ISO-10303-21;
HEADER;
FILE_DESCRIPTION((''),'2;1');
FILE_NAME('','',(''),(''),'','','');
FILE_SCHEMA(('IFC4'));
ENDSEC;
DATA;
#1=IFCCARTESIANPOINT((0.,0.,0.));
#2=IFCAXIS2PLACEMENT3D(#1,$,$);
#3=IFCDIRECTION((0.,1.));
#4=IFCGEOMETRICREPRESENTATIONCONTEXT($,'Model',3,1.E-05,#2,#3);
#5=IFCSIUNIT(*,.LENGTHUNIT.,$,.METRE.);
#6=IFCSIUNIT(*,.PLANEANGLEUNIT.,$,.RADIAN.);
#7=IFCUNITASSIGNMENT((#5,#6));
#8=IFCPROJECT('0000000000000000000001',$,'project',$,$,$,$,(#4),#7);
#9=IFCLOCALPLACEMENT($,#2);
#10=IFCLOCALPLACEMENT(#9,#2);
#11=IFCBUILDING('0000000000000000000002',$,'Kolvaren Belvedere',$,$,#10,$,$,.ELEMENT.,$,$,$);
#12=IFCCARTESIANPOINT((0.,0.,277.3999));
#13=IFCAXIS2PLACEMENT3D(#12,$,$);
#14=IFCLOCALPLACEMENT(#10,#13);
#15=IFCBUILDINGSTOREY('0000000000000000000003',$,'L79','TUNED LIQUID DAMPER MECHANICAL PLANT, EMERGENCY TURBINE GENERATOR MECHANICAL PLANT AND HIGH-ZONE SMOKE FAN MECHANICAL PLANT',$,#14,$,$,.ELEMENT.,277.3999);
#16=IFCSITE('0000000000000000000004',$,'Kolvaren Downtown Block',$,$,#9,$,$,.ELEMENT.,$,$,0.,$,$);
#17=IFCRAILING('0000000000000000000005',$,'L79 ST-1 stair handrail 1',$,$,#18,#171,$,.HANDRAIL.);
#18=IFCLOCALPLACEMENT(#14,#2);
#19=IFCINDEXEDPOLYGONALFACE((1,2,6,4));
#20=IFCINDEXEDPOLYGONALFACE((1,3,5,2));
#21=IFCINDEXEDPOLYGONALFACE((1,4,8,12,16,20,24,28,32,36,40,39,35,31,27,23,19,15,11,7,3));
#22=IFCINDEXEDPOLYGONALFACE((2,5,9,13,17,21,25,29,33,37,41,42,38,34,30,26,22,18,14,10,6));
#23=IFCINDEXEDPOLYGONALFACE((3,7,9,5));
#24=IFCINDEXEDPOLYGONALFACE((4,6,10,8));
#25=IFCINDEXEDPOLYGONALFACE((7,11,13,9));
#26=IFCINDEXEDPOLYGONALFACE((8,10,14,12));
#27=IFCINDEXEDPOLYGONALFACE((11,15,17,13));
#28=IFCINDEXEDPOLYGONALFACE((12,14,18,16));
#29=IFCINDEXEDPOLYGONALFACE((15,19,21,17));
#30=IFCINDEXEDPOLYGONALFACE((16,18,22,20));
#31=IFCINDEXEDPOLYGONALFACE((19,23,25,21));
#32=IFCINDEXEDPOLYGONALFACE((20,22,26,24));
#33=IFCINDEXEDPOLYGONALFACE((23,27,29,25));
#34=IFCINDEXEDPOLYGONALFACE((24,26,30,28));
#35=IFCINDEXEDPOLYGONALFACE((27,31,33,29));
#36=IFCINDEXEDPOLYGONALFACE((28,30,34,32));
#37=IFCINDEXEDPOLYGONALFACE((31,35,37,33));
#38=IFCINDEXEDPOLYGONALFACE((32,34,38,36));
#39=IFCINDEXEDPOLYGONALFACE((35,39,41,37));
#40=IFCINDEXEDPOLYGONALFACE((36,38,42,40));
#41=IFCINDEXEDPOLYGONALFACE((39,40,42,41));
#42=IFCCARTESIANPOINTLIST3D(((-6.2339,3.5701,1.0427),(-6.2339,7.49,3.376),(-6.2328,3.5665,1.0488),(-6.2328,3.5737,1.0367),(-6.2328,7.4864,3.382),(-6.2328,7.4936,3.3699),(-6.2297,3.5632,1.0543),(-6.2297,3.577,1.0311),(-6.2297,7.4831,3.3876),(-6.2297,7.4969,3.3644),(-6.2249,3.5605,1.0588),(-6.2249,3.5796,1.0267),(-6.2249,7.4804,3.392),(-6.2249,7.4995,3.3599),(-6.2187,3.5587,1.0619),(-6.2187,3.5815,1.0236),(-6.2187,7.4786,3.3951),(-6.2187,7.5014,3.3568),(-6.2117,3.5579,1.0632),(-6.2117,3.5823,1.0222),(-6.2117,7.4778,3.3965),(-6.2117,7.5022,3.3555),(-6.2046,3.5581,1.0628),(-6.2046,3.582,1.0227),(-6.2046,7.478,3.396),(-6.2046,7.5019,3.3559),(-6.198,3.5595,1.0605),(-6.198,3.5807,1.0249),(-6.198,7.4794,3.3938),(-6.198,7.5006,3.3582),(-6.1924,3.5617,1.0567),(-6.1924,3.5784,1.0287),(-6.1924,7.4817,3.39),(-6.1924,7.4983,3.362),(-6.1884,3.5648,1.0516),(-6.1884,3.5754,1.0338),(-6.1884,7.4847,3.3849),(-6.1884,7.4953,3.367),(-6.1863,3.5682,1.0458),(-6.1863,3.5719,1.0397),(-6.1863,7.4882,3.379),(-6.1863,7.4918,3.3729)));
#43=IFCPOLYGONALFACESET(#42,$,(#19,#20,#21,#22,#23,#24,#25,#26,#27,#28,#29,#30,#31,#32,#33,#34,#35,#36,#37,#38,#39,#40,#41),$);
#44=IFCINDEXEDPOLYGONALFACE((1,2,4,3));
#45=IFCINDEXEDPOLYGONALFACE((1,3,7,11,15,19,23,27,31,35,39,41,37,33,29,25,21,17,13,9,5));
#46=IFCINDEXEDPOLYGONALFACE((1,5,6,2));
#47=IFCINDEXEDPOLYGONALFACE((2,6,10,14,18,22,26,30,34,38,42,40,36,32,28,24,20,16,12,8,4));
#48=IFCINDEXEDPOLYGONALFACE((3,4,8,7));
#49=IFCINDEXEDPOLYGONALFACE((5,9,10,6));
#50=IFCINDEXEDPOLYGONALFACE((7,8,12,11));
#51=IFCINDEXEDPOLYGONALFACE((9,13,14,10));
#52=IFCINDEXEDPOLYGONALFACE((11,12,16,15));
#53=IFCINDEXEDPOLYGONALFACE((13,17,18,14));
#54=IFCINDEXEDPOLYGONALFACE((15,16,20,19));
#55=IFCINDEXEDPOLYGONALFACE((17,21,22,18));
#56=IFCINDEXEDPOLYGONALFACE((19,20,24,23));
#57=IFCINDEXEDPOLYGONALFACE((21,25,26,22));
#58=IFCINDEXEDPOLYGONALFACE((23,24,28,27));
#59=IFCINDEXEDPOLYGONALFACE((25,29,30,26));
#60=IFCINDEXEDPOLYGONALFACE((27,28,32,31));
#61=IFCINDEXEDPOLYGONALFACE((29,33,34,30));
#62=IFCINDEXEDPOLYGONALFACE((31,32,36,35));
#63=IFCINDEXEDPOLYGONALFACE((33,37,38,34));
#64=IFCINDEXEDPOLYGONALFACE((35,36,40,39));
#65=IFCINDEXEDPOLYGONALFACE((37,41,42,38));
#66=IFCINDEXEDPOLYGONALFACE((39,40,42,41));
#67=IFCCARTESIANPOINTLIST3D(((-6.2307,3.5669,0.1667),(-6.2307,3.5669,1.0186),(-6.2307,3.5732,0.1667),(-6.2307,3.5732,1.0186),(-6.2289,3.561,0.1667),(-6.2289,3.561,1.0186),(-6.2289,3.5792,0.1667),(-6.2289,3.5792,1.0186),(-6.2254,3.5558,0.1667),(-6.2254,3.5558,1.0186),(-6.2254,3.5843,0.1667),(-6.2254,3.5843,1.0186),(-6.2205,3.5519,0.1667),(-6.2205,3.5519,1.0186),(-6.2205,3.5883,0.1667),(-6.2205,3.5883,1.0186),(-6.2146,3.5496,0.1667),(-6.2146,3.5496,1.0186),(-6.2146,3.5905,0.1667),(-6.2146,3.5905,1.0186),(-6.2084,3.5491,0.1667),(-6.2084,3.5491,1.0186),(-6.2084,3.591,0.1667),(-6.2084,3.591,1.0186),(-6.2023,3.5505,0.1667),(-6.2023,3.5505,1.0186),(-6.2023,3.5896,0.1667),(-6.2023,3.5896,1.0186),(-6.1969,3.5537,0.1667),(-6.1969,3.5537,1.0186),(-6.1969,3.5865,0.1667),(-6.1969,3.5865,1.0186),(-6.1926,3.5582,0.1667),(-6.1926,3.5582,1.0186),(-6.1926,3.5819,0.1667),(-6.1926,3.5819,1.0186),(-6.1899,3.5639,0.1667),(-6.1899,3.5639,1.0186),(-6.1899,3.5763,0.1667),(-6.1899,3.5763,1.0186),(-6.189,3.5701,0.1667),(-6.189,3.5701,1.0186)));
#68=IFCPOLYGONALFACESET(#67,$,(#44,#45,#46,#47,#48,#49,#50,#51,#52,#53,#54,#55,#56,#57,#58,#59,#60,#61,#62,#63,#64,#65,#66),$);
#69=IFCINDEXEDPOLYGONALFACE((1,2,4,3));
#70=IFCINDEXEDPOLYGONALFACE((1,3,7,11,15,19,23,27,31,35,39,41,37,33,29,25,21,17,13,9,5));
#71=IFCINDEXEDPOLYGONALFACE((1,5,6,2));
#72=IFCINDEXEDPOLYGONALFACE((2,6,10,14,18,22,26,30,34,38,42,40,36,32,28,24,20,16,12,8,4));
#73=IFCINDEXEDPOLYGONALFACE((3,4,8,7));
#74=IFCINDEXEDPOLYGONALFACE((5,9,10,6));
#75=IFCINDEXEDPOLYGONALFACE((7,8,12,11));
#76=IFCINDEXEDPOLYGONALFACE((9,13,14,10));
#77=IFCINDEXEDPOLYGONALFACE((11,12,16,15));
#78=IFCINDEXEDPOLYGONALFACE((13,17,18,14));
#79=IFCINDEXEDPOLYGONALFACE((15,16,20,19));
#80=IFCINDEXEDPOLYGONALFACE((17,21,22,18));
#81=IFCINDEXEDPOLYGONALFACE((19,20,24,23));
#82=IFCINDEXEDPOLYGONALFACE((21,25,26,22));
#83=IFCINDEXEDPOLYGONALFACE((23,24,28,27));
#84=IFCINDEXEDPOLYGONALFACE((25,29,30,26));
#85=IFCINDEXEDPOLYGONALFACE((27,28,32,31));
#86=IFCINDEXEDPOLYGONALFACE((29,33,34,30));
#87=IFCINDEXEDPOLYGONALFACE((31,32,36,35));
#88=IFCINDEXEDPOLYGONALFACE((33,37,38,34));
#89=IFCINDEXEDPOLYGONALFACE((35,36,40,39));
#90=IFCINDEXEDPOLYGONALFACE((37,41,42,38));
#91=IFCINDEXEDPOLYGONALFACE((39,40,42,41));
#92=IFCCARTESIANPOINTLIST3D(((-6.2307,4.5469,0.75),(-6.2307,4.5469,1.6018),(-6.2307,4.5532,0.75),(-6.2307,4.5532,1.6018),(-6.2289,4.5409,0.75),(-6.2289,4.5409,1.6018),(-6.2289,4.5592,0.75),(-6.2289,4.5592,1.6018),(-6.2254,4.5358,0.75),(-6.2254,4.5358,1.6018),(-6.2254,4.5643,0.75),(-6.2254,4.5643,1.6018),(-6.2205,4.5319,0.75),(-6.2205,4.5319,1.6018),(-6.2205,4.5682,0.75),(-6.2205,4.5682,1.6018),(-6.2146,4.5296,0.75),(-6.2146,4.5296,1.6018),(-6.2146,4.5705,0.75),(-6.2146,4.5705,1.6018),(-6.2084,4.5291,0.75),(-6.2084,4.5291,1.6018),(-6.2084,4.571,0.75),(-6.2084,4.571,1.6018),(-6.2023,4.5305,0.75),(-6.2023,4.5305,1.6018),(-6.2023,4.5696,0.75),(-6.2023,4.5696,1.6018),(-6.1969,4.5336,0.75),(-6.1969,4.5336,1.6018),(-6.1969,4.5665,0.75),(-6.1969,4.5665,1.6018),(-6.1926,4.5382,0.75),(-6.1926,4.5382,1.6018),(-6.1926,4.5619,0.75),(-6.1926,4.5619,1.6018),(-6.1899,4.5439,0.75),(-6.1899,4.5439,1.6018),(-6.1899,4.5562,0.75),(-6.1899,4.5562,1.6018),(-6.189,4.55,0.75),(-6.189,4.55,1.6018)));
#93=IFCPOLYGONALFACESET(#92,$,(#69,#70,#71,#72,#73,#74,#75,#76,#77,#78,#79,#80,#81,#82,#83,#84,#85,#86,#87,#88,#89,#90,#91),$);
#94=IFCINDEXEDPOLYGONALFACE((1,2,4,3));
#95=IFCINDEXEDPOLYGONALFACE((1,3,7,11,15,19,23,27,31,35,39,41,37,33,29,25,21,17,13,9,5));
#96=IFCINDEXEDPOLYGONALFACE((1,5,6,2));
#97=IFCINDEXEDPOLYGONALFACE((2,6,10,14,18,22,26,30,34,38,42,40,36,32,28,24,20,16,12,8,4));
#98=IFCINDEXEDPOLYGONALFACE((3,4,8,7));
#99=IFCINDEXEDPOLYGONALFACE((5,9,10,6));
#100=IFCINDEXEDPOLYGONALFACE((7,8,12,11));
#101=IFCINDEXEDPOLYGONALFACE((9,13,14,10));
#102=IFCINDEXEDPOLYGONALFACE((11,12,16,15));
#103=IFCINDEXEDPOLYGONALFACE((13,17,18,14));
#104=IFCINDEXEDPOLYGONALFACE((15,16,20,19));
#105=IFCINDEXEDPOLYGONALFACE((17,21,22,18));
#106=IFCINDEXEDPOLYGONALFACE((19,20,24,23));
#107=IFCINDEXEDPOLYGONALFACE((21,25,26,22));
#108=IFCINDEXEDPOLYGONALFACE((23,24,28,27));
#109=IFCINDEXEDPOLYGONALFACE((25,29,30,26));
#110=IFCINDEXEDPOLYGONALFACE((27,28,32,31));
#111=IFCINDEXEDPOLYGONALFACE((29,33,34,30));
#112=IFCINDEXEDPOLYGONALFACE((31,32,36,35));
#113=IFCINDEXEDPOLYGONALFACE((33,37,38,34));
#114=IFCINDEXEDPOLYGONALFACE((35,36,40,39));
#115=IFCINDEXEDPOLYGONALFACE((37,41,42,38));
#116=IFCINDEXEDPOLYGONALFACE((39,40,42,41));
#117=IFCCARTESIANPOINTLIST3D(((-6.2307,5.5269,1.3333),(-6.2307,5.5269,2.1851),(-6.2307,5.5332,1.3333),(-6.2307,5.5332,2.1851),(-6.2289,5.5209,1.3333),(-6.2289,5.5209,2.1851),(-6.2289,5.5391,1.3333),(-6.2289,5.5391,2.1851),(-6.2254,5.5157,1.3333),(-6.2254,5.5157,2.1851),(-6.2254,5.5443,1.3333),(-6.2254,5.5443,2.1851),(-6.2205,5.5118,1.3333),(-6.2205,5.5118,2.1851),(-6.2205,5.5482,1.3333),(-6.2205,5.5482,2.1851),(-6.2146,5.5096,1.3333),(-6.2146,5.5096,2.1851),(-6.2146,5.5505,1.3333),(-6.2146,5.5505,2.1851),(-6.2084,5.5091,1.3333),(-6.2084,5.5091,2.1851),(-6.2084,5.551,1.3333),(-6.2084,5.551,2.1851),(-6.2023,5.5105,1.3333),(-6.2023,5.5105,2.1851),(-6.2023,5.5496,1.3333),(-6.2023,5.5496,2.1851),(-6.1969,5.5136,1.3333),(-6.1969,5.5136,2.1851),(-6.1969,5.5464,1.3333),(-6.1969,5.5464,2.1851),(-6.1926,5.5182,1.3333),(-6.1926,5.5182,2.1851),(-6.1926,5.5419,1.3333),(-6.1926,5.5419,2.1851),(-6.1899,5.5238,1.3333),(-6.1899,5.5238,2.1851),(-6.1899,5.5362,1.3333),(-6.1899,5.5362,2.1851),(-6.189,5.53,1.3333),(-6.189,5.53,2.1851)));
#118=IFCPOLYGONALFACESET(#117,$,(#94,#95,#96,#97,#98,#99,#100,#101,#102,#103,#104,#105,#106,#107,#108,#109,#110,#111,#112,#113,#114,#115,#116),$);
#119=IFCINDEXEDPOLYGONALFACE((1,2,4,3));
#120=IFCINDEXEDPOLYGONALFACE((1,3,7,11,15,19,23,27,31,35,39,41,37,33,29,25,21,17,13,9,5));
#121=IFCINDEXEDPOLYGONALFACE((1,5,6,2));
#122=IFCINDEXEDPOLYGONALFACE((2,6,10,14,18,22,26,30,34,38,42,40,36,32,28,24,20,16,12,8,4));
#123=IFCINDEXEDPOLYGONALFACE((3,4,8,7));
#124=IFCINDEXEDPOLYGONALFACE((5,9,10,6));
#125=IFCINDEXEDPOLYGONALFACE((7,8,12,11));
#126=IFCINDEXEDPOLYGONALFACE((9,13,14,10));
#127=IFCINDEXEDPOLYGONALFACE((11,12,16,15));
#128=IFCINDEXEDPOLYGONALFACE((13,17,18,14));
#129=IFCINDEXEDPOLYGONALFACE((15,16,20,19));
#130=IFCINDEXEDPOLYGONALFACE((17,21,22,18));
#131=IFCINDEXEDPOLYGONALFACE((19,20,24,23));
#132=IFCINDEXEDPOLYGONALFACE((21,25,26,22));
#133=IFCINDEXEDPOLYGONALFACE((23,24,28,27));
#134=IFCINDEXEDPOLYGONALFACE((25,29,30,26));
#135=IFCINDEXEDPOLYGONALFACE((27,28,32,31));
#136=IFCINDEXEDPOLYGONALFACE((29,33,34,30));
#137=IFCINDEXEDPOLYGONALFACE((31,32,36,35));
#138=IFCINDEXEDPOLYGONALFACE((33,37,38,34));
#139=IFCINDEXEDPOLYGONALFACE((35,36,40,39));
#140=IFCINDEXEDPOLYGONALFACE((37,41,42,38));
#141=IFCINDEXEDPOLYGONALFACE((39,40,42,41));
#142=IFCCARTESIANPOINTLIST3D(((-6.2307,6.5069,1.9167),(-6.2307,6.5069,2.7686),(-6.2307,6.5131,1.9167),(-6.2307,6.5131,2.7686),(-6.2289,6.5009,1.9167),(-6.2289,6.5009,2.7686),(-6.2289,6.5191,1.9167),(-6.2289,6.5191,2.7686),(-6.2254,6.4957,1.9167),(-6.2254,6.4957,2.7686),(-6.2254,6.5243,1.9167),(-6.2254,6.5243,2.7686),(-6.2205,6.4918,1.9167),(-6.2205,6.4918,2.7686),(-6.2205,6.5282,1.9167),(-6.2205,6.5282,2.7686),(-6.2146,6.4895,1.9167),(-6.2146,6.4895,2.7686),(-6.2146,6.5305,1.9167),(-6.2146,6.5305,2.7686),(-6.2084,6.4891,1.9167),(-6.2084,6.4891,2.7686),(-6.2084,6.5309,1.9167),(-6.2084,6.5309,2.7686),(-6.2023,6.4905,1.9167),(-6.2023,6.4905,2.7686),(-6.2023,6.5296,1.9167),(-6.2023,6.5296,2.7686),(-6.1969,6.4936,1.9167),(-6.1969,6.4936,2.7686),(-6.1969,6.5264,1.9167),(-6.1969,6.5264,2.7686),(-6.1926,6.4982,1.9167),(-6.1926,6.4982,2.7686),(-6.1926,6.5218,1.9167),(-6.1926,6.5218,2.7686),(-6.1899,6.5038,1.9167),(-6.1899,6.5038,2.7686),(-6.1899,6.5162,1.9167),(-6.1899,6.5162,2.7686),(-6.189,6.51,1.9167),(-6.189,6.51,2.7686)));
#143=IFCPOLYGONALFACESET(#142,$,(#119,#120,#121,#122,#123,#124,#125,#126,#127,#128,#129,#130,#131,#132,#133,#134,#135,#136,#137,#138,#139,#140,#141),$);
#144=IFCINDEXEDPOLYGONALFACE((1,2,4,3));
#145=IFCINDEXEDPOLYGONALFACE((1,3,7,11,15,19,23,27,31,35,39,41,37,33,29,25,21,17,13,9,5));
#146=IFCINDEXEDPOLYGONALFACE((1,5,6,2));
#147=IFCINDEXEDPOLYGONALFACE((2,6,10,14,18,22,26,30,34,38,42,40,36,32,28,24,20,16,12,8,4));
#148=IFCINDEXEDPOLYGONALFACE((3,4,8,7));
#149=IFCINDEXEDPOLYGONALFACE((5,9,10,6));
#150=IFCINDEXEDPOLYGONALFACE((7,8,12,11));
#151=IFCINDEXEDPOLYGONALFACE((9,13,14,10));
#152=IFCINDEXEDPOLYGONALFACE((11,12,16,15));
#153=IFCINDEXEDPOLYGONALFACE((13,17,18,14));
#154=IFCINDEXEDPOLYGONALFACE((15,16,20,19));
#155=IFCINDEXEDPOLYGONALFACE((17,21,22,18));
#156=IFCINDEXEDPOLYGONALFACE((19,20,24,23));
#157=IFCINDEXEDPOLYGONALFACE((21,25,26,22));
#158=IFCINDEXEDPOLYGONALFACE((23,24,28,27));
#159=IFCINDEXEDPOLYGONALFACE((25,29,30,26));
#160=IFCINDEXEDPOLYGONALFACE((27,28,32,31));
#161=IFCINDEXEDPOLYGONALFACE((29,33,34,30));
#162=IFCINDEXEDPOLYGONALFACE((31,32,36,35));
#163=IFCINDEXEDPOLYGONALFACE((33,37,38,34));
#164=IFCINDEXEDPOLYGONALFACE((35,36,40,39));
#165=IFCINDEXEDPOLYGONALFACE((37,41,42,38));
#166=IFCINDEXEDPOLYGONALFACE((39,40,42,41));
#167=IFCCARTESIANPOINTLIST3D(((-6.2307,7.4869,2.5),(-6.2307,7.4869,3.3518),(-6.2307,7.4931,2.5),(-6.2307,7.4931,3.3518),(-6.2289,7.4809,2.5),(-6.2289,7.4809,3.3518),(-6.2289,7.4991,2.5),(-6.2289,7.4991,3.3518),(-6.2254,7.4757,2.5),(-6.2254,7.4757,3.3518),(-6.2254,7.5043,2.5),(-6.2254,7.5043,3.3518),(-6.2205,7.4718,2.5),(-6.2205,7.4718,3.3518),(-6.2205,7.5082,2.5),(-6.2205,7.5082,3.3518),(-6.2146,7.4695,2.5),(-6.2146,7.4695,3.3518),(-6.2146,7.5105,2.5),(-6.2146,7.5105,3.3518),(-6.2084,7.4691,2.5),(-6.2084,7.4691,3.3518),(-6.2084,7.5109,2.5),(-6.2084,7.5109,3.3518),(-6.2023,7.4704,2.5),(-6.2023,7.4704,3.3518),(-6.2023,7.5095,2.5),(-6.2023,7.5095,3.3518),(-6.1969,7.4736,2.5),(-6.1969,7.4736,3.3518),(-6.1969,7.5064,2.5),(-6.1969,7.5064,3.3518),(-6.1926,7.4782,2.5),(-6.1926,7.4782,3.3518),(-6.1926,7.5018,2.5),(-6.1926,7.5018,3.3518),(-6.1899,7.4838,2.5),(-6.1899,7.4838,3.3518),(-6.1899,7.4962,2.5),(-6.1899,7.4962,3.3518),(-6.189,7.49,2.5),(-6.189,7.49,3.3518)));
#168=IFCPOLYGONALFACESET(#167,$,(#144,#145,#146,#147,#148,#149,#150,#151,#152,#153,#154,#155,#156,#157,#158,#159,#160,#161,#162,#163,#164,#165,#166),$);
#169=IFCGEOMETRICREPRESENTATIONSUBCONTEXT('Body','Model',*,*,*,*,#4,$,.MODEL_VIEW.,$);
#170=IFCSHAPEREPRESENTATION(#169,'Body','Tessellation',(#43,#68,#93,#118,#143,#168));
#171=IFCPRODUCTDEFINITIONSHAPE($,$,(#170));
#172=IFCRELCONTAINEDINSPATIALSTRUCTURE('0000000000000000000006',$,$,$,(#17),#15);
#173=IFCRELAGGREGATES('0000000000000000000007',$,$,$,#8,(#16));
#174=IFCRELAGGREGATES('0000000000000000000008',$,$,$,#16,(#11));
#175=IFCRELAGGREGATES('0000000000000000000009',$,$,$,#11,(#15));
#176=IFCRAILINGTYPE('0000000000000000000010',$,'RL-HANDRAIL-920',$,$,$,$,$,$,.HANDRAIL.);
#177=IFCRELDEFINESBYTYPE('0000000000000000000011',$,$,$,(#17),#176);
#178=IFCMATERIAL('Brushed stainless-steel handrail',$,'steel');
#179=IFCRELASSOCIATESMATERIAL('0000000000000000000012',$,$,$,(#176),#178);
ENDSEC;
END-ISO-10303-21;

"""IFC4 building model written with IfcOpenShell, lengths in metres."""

from ifc_helpers import new_model, si_unit, direction, frame, origin, origin_2d, place, context, subcontext, project, spatial, circle, extrude, material, type_object, element, save


model = new_model("IFC4")

# Units and contexts
model_context = context("Model", 3, precision=1e-05, world=origin(), true_north=direction((0.0, 1.0)))
body_context = subcontext(model_context, "Body", "Model", "MODEL_VIEW")
ifc_project = project(units=[si_unit("LENGTHUNIT", "METRE"), si_unit("PLANEANGLEUNIT", "RADIAN")], contexts=[model_context])

# Site, building, storey
site_placement = place(None, origin())
site = spatial("IfcSite", under=ifc_project, at=site_placement, Name="Kolvaren Downtown Block", CompositionType="ELEMENT", RefElevation=0.0)
building_placement = place(site_placement, origin())
building = spatial("IfcBuilding", under=site, at=building_placement, Name="Kolvaren Belvedere", CompositionType="ELEMENT")
storey_placement = place(building_placement, frame((0.0, 0.0, 277.3999)))
storey = spatial("IfcBuildingStorey", under=building, at=storey_placement, Name="L79", Description="TUNED LIQUID DAMPER MECHANICAL PLANT, EMERGENCY TURBINE GENERATOR MECHANICAL PLANT AND HIGH-ZONE SMOKE FAN MECHANICAL PLANT", CompositionType="ELEMENT", Elevation=277.3999)

# Railing
ifc_material_1 = material(Name="Brushed stainless-steel handrail", Category="steel")
railing_type_1 = type_object("IfcRailingType", Name="RL-HANDRAIL-920", PredefinedType="HANDRAIL", material=ifc_material_1)
railing_1_placement = place(storey_placement, frame((-6.21, 3.5701, 0.1667)))
element("IfcRailing", 1, at=railing_1_placement, inside=storey, type_object=railing_type_1, Name="L79 ST-1 stair handrail 1", PredefinedType="HANDRAIL", context=body_context, shape_type="SweptSolid", body=[
    extrude(circle(Radius=0.0239, at=origin_2d()), frame((0.0, 0.0, 0.876), z_axis=(0.0, 0.859296, 0.511478), x_axis=(-1.0, 0.0, 0.0)), (0.0, 0.0, 1.0), 4.5618),
    extrude(circle(Radius=0.021, at=origin_2d()), origin(), (0.0, 0.0, 1.0), 0.8518),
    extrude(circle(Radius=0.021, at=origin_2d()), frame((0.0, 0.98, 0.5833)), (0.0, 0.0, 1.0), 0.8518),
    extrude(circle(Radius=0.021, at=origin_2d()), frame((0.0, 1.96, 1.1665)), (0.0, 0.0, 1.0), 0.8518),
    extrude(circle(Radius=0.021, at=origin_2d()), frame((0.0, 2.9399, 1.75)), (0.0, 0.0, 1.0), 0.8518),
    extrude(circle(Radius=0.021, at=origin_2d()), frame((0.0, 3.9199, 2.3333)), (0.0, 0.0, 1.0), 0.8518),
])

save(model, "model.ifc")
